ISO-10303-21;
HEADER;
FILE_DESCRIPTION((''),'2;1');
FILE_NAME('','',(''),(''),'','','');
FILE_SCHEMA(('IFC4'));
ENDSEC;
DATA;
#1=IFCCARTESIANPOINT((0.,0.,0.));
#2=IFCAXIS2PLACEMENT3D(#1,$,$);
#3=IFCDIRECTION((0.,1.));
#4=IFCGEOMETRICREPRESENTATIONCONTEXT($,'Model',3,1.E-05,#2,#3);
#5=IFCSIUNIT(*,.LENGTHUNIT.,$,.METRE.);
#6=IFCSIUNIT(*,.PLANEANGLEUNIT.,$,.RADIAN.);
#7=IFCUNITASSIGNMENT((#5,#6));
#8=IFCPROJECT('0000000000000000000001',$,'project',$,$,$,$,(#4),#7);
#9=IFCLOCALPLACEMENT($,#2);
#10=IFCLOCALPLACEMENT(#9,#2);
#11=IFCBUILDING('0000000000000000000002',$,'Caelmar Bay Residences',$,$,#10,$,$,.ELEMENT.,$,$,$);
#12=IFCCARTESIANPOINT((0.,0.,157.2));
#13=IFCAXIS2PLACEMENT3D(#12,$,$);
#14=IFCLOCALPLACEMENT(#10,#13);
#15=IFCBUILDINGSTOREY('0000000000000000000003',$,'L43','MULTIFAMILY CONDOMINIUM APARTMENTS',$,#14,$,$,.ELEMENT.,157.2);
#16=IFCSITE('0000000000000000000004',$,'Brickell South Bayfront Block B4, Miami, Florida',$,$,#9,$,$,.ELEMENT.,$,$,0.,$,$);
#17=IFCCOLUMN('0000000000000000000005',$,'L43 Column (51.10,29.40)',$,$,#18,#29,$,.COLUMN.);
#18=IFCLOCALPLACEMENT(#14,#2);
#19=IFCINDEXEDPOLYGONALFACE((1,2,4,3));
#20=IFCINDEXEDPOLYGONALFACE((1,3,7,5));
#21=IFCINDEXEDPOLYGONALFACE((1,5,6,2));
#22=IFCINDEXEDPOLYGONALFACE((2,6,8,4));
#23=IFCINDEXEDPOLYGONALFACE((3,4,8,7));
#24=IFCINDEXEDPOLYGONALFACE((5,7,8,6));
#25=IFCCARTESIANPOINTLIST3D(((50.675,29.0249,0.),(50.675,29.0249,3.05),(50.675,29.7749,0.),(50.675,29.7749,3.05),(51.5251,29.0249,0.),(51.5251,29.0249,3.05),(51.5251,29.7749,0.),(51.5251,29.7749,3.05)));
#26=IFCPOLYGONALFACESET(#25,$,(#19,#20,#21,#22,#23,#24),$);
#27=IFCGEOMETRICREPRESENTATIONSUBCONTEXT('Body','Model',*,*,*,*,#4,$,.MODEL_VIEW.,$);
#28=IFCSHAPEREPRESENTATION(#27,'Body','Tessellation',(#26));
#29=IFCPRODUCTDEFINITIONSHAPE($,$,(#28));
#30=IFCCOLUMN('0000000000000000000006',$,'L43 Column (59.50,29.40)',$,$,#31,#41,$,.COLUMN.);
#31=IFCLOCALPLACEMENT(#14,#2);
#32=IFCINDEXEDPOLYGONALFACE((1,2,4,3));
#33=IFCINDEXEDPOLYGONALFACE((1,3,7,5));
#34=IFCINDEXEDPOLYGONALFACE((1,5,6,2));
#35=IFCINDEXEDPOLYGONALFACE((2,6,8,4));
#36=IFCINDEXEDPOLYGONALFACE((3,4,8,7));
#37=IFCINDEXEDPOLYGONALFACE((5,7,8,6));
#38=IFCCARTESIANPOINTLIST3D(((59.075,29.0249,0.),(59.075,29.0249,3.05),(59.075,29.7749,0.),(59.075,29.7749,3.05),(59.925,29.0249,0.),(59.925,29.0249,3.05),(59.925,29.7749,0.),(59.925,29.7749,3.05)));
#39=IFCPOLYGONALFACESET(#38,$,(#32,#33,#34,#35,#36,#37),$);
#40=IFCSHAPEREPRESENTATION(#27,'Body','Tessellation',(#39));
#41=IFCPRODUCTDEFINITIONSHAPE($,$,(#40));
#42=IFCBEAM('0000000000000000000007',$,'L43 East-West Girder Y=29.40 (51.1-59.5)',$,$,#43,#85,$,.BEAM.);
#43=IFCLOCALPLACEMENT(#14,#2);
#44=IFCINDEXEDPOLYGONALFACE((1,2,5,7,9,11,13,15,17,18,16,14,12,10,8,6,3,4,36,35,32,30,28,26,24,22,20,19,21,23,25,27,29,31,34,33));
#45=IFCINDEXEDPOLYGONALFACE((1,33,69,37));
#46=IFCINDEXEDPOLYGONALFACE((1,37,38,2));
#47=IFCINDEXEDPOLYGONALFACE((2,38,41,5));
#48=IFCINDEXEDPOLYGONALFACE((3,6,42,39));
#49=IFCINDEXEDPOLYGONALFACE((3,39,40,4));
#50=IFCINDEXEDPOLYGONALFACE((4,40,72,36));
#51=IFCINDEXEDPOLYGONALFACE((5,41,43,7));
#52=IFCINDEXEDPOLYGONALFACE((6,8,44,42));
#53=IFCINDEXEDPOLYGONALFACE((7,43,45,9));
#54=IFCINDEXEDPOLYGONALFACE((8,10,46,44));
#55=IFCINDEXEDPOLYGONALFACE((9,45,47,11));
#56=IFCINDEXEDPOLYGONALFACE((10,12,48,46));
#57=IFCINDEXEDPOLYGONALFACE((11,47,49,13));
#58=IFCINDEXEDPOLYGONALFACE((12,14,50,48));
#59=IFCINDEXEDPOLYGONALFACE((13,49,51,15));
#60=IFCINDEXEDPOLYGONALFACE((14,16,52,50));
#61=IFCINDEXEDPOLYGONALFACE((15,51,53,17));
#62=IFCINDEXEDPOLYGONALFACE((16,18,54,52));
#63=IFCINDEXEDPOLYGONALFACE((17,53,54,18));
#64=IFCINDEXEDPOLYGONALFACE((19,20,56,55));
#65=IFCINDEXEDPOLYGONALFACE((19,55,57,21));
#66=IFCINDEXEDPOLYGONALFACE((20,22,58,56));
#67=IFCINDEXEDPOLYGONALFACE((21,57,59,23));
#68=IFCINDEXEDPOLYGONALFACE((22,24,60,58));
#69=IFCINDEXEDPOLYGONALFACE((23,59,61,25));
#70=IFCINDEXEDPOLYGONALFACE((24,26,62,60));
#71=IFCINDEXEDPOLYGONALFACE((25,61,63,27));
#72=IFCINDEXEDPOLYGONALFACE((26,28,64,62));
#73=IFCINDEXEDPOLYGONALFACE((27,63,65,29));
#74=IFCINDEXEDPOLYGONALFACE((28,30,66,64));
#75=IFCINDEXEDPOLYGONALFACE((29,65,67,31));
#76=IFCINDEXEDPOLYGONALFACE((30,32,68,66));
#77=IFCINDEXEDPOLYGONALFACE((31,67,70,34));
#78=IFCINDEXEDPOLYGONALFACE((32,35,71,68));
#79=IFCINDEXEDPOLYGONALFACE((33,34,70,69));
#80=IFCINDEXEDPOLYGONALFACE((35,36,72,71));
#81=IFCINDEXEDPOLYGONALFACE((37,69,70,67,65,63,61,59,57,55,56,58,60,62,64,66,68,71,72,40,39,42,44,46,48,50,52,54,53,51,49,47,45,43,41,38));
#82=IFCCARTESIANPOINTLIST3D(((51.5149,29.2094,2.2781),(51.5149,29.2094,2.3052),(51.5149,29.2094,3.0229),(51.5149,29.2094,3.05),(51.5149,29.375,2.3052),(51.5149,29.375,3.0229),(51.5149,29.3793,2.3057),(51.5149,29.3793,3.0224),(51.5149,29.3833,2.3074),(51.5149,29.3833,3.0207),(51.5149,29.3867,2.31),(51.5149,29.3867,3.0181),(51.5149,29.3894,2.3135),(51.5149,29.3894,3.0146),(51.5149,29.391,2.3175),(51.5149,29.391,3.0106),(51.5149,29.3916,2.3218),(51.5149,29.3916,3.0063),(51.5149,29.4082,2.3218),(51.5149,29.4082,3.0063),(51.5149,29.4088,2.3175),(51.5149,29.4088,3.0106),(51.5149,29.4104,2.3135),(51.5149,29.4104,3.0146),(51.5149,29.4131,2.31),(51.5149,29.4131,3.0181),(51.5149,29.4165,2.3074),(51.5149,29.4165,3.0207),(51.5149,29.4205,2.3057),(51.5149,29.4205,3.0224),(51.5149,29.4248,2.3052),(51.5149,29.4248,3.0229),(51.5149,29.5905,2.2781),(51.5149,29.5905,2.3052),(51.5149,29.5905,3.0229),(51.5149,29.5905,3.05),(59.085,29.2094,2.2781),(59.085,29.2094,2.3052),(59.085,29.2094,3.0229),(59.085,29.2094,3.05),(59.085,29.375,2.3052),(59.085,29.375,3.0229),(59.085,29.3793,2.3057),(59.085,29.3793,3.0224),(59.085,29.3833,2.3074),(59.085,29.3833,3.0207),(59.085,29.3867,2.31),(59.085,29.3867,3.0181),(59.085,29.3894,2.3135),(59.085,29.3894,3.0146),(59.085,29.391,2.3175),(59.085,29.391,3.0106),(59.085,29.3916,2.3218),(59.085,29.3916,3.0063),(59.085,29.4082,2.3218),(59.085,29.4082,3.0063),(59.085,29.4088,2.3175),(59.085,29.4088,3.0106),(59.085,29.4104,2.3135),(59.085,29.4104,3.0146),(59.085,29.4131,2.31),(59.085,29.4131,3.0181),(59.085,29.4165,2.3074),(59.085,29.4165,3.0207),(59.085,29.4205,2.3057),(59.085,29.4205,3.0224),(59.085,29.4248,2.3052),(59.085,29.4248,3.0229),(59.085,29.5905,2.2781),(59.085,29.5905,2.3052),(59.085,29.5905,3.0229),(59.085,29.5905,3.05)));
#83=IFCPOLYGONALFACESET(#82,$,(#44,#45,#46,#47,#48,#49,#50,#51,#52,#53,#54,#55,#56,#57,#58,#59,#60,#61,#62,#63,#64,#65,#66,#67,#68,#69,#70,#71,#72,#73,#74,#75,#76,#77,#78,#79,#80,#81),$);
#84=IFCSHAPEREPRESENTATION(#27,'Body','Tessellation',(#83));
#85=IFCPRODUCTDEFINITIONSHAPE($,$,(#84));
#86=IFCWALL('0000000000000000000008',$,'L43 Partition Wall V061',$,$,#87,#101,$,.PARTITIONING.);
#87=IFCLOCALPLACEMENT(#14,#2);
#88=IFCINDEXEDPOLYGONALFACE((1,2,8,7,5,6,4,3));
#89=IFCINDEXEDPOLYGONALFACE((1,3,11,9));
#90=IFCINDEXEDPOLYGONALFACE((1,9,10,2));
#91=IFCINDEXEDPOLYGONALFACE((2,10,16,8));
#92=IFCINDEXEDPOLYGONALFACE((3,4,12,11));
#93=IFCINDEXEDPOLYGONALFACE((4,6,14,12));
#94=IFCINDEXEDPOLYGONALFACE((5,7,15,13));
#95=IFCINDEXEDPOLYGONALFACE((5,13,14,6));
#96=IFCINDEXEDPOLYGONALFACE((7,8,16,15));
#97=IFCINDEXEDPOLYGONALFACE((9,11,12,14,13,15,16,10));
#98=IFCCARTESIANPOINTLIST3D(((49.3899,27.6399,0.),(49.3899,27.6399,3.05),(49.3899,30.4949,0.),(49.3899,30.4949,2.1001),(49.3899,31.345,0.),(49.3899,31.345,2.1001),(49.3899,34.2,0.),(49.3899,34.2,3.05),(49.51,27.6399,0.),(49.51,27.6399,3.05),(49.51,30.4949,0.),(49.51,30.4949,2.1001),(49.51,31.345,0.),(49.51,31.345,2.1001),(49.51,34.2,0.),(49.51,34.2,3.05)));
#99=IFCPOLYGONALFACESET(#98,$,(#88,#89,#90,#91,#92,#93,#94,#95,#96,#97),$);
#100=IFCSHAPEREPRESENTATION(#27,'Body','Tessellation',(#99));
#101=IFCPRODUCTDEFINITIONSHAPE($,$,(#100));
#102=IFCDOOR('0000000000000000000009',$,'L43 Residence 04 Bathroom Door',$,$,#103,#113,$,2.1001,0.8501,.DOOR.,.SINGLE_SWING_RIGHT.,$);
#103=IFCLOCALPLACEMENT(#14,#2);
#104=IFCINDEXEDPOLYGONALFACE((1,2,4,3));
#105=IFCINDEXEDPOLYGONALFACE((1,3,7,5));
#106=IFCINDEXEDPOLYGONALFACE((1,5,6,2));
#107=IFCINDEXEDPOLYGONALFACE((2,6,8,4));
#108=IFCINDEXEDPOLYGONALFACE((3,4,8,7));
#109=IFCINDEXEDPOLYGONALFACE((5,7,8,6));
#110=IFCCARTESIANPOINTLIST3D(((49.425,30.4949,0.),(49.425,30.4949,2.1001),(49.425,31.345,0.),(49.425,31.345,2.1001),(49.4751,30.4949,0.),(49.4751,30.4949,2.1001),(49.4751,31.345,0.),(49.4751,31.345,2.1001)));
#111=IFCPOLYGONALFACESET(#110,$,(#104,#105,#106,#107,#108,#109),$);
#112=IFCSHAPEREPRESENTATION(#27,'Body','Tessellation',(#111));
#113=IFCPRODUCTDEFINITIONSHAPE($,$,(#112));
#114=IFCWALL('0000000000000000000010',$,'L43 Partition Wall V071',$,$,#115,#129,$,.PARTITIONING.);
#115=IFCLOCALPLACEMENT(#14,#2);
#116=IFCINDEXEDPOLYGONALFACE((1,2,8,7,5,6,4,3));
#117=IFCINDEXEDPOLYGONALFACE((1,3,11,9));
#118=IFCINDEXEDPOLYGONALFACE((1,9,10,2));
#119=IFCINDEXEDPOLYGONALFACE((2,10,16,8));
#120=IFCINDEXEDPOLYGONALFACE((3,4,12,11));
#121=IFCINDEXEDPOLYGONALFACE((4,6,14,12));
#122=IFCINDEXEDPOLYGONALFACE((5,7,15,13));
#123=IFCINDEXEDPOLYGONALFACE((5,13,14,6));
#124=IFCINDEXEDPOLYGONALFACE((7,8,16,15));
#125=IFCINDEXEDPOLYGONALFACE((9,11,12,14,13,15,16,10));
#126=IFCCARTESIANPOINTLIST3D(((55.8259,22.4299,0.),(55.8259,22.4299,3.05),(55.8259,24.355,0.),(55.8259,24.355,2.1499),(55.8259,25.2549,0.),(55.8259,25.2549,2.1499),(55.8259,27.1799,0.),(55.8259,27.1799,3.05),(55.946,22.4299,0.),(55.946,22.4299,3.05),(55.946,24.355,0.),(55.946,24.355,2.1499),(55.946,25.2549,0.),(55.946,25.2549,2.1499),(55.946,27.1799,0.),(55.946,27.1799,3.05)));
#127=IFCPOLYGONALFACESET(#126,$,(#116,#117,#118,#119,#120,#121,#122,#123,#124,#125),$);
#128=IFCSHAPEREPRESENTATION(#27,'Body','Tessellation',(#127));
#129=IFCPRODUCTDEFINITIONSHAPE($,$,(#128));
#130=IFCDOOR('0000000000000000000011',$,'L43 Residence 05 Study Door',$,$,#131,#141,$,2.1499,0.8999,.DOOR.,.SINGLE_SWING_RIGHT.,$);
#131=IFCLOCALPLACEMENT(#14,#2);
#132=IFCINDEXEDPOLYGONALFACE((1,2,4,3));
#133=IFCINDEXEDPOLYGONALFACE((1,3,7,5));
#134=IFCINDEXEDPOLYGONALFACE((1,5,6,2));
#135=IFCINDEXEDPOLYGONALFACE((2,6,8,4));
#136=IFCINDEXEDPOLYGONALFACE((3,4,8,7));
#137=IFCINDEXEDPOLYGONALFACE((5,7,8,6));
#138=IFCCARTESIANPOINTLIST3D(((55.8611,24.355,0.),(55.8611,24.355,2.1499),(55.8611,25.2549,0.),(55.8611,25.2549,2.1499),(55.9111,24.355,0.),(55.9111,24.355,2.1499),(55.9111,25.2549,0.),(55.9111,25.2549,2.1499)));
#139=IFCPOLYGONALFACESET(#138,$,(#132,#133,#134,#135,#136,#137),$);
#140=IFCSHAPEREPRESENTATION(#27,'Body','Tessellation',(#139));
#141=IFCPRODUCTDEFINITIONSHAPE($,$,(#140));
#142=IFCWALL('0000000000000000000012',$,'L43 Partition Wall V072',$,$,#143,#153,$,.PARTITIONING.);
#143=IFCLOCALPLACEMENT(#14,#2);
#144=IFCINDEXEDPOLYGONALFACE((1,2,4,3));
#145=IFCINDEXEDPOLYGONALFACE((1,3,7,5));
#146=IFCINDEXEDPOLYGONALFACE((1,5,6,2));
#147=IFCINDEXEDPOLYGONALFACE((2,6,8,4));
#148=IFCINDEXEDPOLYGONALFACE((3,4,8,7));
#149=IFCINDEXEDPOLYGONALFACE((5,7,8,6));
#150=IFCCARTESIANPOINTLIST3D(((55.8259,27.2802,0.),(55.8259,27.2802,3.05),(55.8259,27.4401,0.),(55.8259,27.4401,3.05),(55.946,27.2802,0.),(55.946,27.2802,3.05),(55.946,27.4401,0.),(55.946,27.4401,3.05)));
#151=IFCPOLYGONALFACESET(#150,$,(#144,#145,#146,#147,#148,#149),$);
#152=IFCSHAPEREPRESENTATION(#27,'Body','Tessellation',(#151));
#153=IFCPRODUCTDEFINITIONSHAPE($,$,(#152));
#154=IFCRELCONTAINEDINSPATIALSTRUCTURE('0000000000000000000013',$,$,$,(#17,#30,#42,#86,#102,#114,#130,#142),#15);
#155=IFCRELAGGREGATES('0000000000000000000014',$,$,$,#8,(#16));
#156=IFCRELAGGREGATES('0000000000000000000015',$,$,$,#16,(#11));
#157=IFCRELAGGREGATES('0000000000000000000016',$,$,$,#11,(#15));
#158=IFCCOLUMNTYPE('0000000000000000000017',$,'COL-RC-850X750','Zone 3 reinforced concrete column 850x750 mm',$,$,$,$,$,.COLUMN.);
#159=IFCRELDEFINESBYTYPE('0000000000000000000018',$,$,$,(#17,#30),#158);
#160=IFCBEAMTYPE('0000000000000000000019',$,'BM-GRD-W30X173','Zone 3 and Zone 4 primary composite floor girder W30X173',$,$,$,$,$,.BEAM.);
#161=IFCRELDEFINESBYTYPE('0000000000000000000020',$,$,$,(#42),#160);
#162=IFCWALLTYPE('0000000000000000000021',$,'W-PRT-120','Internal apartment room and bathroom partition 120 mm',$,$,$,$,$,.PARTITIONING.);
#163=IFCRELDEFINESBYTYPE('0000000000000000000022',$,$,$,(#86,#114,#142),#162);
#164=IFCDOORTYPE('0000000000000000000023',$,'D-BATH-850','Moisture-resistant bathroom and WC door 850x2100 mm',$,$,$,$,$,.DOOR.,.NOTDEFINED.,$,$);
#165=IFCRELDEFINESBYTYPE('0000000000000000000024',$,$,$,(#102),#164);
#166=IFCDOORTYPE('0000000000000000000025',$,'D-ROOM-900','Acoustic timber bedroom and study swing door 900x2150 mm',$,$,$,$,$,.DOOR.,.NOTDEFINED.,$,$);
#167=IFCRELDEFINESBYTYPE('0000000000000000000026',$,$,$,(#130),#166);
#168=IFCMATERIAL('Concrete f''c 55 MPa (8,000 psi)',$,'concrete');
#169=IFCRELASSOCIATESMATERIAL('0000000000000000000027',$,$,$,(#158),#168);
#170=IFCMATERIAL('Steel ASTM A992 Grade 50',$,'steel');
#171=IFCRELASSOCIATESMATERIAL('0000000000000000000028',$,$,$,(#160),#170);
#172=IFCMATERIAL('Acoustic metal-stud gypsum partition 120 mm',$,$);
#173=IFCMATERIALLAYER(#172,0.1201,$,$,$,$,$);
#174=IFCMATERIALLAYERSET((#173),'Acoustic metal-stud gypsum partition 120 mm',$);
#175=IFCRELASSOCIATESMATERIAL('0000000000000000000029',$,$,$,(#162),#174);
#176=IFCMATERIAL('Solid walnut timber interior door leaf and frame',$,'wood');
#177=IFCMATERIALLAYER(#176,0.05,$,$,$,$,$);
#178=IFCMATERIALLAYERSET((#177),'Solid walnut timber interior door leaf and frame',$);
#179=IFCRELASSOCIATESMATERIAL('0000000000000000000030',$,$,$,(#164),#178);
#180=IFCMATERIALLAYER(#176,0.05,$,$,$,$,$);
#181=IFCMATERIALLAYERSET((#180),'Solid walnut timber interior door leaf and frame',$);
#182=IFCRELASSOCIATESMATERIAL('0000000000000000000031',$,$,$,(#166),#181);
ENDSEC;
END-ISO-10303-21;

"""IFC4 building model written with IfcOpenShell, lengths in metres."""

from ifc_helpers import new_model, si_unit, direction, frame, frame_2d, origin, origin_2d, place, context, subcontext, project, spatial, rectangle, i_section, extrude, material, layer, layer_set, material_profile, profile_set, type_object, element, fill, save


model = new_model("IFC4")

# Units and contexts
model_context = context("Model", 3, precision=1e-05, world=origin(), true_north=direction((0.0, 1.0)))
body_context = subcontext(model_context, "Body", "Model", "MODEL_VIEW")
ifc_project = project(units=[si_unit("LENGTHUNIT", "METRE"), si_unit("PLANEANGLEUNIT", "RADIAN")], contexts=[model_context])

# Site, building, storey
site_placement = place(None, origin())
site = spatial("IfcSite", under=ifc_project, at=site_placement, Name="Brickell South Bayfront Block B4, Miami, Florida", CompositionType="ELEMENT", RefElevation=0.0)
building_placement = place(site_placement, origin())
building = spatial("IfcBuilding", under=site, at=building_placement, Name="Caelmar Bay Residences", CompositionType="ELEMENT")
storey_placement = place(building_placement, frame((0.0, 0.0, 157.2)))
storey = spatial("IfcBuildingStorey", under=building, at=storey_placement, Name="L43", Description="MULTIFAMILY CONDOMINIUM APARTMENTS", CompositionType="ELEMENT", Elevation=157.2)

# Columns
ifc_material_1 = material(Name="Concrete f'c 55 MPa (8,000 psi)", Category="concrete")
ifc_material_profile_1 = material_profile(ifc_material_1, rectangle(XDim=0.8501, YDim=0.75, at=origin_2d()), Name="RC-COL-850X750")
ifc_profile_set_1 = profile_set([ifc_material_profile_1], Name="Concrete f'c 55 MPa (8,000 psi)")
column_type = type_object("IfcColumnType", Name="COL-RC-850X750", Description="Zone 3 reinforced concrete column 850x750 mm", PredefinedType="COLUMN", material=ifc_profile_set_1)
for number, where, z_axis, x_axis, name in (
    (1, (51.1001, 29.3999, 0.0), (0.0, 0.0, 1.0), (1.0, 0.0, 0.0), "L43 Column (51.10,29.40)"),
    (2, (59.5, 29.3999, 0.0), (0.0, 0.0, 1.0), (1.0, 0.0, 0.0), "L43 Column (59.50,29.40)"),
):
    element("IfcColumn", number, at=place(storey_placement, frame(where, z_axis=z_axis, x_axis=x_axis)), inside=storey, type_object=column_type, Name=name, PredefinedType="COLUMN", context=body_context, shape_type="SweptSolid", body=[
        extrude(rectangle(XDim=0.8501, YDim=0.75, at=origin_2d()), origin(), (0.0, 0.0, 1.0), 3.05),
    ])

# Beam
ifc_material_2 = material(Name="Steel ASTM A992 Grade 50", Category="steel")
ifc_material_profile_2 = material_profile(ifc_material_2, i_section(OverallWidth=0.3811, OverallDepth=0.772, WebThickness=0.0166, FlangeThickness=0.0271, FilletRadius=0.0166, at=origin_2d()), Name="W30X173")
ifc_profile_set_2 = profile_set([ifc_material_profile_2], Name="Steel ASTM A992 Grade 50")
beam_type = type_object("IfcBeamType", Name="BM-GRD-W30X173", Description="Zone 3 and Zone 4 primary composite floor girder W30X173", PredefinedType="BEAM", material=ifc_profile_set_2)
beam_placement = place(storey_placement, frame((51.5149, 29.3999, 2.6641), z_axis=(1.0, 0.0, 0.0), x_axis=(0.0, 1.0, 0.0)))
element("IfcBeam", 3, at=beam_placement, inside=storey, type_object=beam_type, Name="L43 East-West Girder Y=29.40 (51.1-59.5)", PredefinedType="BEAM", context=body_context, shape_type="SweptSolid", body=[
    extrude(i_section(OverallWidth=0.3811, OverallDepth=0.772, WebThickness=0.0166, FlangeThickness=0.0271, FilletRadius=0.0166, at=origin_2d()), origin(), (0.0, 0.0, 1.0), 7.5701),
])

# Walls, openings, doors
ifc_material_3 = material(Name="Acoustic metal-stud gypsum partition 120 mm")
ifc_layer_1 = layer(ifc_material_3, 0.1201)
ifc_layer_set_1 = layer_set([ifc_layer_1], Name="Acoustic metal-stud gypsum partition 120 mm")
wall_type_1 = type_object("IfcWallType", Name="W-PRT-120", Description="Internal apartment room and bathroom partition 120 mm", PredefinedType="PARTITIONING", material=ifc_layer_set_1)
wall_1_placement = place(storey_placement, frame((49.45, 27.6399, 0.0), z_axis=(0.0, 0.0, 1.0), x_axis=(0.0, 1.0, 0.0)))
wall_1 = element("IfcWall", 4, at=wall_1_placement, inside=storey, type_object=wall_type_1, Name="L43 Partition Wall V061", PredefinedType="PARTITIONING", context=body_context, shape_type="SweptSolid", body=[
    extrude(rectangle(XDim=6.5601, YDim=0.1201, at=frame_2d((3.28, 0.0))), origin(), (0.0, 0.0, 1.0), 3.05),
])
opening_1_placement = place(wall_1_placement, frame((2.855, 0.0, 0.0)))
opening_1 = element("IfcOpeningElement", 5, at=opening_1_placement, cuts=wall_1, PredefinedType="OPENING", context=body_context, shape_type="SweptSolid", body=[
    extrude(rectangle(XDim=0.8501, YDim=2.1001, at=frame_2d((0.425, 1.05))), frame((0.0, 0.0701, 0.0), z_axis=(0.0, -1.0, 0.0), x_axis=(1.0, 0.0, 0.0)), (0.0, 0.0, 1.0), 0.1401),
])
ifc_material_4 = material(Name="Solid walnut timber interior door leaf and frame", Category="wood")
ifc_layer_2 = layer(ifc_material_4, 0.05)
ifc_layer_set_2 = layer_set([ifc_layer_2], Name="Solid walnut timber interior door leaf and frame")
door_type_1 = type_object("IfcDoorType", Name="D-BATH-850", Description="Moisture-resistant bathroom and WC door 850x2100 mm", OperationType="NOTDEFINED", PredefinedType="DOOR", material=ifc_layer_set_2)
door_1_placement = place(opening_1_placement, origin())
door_1 = element("IfcDoor", 6, at=door_1_placement, inside=storey, type_object=door_type_1, Name="L43 Residence 04 Bathroom Door", OperationType="SINGLE_SWING_RIGHT", OverallHeight=2.1001, OverallWidth=0.8501, PredefinedType="DOOR", context=body_context, shape_type="SweptSolid", body=[
    extrude(rectangle(XDim=0.8501, YDim=2.1001, at=frame_2d((0.425, 1.05))), frame((0.0, 0.0249, 0.0), z_axis=(0.0, -1.0, 0.0), x_axis=(1.0, 0.0, 0.0)), (0.0, 0.0, 1.0), 0.05),
])
fill(opening_1, door_1)
wall_2_placement = place(storey_placement, frame((55.886, 22.4299, 0.0), z_axis=(0.0, 0.0, 1.0), x_axis=(0.0, 1.0, 0.0)))
wall_2 = element("IfcWall", 7, at=wall_2_placement, inside=storey, type_object=wall_type_1, Name="L43 Partition Wall V071", PredefinedType="PARTITIONING", context=body_context, shape_type="SweptSolid", body=[
    extrude(rectangle(XDim=4.75, YDim=0.1201, at=frame_2d((2.375, 0.0))), origin(), (0.0, 0.0, 1.0), 3.05),
])
opening_2_placement = place(wall_2_placement, frame((1.925, 0.0, 0.0)))
opening_2 = element("IfcOpeningElement", 8, at=opening_2_placement, cuts=wall_2, PredefinedType="OPENING", context=body_context, shape_type="SweptSolid", body=[
    extrude(rectangle(XDim=0.8999, YDim=2.1499, at=frame_2d((0.45, 1.075))), frame((0.0, 0.0701, 0.0), z_axis=(0.0, -1.0, 0.0), x_axis=(1.0, 0.0, 0.0)), (0.0, 0.0, 1.0), 0.1401),
])
ifc_layer_3 = layer(ifc_material_4, 0.05)
ifc_layer_set_3 = layer_set([ifc_layer_3], Name="Solid walnut timber interior door leaf and frame")
door_type_2 = type_object("IfcDoorType", Name="D-ROOM-900", Description="Acoustic timber bedroom and study swing door 900x2150 mm", OperationType="NOTDEFINED", PredefinedType="DOOR", material=ifc_layer_set_3)
door_2_placement = place(opening_2_placement, origin())
door_2 = element("IfcDoor", 9, at=door_2_placement, inside=storey, type_object=door_type_2, Name="L43 Residence 05 Study Door", OperationType="SINGLE_SWING_RIGHT", OverallHeight=2.1499, OverallWidth=0.8999, PredefinedType="DOOR", context=body_context, shape_type="SweptSolid", body=[
    extrude(rectangle(XDim=0.8999, YDim=2.1499, at=frame_2d((0.45, 1.075))), frame((0.0, 0.0249, 0.0), z_axis=(0.0, -1.0, 0.0), x_axis=(1.0, 0.0, 0.0)), (0.0, 0.0, 1.0), 0.05),
])
fill(opening_2, door_2)

# Wall
wall_3_placement = place(storey_placement, frame((55.886, 27.28, 0.0), z_axis=(0.0, 0.0, 1.0), x_axis=(0.0, 1.0, 0.0)))
element("IfcWall", 10, at=wall_3_placement, inside=storey, type_object=wall_type_1, Name="L43 Partition Wall V072", PredefinedType="PARTITIONING", context=body_context, shape_type="SweptSolid", body=[
    extrude(rectangle(XDim=0.1599, YDim=0.1201, at=frame_2d((0.0801, 0.0))), origin(), (0.0, 0.0, 1.0), 3.05),
])

save(model, "model.ifc")
